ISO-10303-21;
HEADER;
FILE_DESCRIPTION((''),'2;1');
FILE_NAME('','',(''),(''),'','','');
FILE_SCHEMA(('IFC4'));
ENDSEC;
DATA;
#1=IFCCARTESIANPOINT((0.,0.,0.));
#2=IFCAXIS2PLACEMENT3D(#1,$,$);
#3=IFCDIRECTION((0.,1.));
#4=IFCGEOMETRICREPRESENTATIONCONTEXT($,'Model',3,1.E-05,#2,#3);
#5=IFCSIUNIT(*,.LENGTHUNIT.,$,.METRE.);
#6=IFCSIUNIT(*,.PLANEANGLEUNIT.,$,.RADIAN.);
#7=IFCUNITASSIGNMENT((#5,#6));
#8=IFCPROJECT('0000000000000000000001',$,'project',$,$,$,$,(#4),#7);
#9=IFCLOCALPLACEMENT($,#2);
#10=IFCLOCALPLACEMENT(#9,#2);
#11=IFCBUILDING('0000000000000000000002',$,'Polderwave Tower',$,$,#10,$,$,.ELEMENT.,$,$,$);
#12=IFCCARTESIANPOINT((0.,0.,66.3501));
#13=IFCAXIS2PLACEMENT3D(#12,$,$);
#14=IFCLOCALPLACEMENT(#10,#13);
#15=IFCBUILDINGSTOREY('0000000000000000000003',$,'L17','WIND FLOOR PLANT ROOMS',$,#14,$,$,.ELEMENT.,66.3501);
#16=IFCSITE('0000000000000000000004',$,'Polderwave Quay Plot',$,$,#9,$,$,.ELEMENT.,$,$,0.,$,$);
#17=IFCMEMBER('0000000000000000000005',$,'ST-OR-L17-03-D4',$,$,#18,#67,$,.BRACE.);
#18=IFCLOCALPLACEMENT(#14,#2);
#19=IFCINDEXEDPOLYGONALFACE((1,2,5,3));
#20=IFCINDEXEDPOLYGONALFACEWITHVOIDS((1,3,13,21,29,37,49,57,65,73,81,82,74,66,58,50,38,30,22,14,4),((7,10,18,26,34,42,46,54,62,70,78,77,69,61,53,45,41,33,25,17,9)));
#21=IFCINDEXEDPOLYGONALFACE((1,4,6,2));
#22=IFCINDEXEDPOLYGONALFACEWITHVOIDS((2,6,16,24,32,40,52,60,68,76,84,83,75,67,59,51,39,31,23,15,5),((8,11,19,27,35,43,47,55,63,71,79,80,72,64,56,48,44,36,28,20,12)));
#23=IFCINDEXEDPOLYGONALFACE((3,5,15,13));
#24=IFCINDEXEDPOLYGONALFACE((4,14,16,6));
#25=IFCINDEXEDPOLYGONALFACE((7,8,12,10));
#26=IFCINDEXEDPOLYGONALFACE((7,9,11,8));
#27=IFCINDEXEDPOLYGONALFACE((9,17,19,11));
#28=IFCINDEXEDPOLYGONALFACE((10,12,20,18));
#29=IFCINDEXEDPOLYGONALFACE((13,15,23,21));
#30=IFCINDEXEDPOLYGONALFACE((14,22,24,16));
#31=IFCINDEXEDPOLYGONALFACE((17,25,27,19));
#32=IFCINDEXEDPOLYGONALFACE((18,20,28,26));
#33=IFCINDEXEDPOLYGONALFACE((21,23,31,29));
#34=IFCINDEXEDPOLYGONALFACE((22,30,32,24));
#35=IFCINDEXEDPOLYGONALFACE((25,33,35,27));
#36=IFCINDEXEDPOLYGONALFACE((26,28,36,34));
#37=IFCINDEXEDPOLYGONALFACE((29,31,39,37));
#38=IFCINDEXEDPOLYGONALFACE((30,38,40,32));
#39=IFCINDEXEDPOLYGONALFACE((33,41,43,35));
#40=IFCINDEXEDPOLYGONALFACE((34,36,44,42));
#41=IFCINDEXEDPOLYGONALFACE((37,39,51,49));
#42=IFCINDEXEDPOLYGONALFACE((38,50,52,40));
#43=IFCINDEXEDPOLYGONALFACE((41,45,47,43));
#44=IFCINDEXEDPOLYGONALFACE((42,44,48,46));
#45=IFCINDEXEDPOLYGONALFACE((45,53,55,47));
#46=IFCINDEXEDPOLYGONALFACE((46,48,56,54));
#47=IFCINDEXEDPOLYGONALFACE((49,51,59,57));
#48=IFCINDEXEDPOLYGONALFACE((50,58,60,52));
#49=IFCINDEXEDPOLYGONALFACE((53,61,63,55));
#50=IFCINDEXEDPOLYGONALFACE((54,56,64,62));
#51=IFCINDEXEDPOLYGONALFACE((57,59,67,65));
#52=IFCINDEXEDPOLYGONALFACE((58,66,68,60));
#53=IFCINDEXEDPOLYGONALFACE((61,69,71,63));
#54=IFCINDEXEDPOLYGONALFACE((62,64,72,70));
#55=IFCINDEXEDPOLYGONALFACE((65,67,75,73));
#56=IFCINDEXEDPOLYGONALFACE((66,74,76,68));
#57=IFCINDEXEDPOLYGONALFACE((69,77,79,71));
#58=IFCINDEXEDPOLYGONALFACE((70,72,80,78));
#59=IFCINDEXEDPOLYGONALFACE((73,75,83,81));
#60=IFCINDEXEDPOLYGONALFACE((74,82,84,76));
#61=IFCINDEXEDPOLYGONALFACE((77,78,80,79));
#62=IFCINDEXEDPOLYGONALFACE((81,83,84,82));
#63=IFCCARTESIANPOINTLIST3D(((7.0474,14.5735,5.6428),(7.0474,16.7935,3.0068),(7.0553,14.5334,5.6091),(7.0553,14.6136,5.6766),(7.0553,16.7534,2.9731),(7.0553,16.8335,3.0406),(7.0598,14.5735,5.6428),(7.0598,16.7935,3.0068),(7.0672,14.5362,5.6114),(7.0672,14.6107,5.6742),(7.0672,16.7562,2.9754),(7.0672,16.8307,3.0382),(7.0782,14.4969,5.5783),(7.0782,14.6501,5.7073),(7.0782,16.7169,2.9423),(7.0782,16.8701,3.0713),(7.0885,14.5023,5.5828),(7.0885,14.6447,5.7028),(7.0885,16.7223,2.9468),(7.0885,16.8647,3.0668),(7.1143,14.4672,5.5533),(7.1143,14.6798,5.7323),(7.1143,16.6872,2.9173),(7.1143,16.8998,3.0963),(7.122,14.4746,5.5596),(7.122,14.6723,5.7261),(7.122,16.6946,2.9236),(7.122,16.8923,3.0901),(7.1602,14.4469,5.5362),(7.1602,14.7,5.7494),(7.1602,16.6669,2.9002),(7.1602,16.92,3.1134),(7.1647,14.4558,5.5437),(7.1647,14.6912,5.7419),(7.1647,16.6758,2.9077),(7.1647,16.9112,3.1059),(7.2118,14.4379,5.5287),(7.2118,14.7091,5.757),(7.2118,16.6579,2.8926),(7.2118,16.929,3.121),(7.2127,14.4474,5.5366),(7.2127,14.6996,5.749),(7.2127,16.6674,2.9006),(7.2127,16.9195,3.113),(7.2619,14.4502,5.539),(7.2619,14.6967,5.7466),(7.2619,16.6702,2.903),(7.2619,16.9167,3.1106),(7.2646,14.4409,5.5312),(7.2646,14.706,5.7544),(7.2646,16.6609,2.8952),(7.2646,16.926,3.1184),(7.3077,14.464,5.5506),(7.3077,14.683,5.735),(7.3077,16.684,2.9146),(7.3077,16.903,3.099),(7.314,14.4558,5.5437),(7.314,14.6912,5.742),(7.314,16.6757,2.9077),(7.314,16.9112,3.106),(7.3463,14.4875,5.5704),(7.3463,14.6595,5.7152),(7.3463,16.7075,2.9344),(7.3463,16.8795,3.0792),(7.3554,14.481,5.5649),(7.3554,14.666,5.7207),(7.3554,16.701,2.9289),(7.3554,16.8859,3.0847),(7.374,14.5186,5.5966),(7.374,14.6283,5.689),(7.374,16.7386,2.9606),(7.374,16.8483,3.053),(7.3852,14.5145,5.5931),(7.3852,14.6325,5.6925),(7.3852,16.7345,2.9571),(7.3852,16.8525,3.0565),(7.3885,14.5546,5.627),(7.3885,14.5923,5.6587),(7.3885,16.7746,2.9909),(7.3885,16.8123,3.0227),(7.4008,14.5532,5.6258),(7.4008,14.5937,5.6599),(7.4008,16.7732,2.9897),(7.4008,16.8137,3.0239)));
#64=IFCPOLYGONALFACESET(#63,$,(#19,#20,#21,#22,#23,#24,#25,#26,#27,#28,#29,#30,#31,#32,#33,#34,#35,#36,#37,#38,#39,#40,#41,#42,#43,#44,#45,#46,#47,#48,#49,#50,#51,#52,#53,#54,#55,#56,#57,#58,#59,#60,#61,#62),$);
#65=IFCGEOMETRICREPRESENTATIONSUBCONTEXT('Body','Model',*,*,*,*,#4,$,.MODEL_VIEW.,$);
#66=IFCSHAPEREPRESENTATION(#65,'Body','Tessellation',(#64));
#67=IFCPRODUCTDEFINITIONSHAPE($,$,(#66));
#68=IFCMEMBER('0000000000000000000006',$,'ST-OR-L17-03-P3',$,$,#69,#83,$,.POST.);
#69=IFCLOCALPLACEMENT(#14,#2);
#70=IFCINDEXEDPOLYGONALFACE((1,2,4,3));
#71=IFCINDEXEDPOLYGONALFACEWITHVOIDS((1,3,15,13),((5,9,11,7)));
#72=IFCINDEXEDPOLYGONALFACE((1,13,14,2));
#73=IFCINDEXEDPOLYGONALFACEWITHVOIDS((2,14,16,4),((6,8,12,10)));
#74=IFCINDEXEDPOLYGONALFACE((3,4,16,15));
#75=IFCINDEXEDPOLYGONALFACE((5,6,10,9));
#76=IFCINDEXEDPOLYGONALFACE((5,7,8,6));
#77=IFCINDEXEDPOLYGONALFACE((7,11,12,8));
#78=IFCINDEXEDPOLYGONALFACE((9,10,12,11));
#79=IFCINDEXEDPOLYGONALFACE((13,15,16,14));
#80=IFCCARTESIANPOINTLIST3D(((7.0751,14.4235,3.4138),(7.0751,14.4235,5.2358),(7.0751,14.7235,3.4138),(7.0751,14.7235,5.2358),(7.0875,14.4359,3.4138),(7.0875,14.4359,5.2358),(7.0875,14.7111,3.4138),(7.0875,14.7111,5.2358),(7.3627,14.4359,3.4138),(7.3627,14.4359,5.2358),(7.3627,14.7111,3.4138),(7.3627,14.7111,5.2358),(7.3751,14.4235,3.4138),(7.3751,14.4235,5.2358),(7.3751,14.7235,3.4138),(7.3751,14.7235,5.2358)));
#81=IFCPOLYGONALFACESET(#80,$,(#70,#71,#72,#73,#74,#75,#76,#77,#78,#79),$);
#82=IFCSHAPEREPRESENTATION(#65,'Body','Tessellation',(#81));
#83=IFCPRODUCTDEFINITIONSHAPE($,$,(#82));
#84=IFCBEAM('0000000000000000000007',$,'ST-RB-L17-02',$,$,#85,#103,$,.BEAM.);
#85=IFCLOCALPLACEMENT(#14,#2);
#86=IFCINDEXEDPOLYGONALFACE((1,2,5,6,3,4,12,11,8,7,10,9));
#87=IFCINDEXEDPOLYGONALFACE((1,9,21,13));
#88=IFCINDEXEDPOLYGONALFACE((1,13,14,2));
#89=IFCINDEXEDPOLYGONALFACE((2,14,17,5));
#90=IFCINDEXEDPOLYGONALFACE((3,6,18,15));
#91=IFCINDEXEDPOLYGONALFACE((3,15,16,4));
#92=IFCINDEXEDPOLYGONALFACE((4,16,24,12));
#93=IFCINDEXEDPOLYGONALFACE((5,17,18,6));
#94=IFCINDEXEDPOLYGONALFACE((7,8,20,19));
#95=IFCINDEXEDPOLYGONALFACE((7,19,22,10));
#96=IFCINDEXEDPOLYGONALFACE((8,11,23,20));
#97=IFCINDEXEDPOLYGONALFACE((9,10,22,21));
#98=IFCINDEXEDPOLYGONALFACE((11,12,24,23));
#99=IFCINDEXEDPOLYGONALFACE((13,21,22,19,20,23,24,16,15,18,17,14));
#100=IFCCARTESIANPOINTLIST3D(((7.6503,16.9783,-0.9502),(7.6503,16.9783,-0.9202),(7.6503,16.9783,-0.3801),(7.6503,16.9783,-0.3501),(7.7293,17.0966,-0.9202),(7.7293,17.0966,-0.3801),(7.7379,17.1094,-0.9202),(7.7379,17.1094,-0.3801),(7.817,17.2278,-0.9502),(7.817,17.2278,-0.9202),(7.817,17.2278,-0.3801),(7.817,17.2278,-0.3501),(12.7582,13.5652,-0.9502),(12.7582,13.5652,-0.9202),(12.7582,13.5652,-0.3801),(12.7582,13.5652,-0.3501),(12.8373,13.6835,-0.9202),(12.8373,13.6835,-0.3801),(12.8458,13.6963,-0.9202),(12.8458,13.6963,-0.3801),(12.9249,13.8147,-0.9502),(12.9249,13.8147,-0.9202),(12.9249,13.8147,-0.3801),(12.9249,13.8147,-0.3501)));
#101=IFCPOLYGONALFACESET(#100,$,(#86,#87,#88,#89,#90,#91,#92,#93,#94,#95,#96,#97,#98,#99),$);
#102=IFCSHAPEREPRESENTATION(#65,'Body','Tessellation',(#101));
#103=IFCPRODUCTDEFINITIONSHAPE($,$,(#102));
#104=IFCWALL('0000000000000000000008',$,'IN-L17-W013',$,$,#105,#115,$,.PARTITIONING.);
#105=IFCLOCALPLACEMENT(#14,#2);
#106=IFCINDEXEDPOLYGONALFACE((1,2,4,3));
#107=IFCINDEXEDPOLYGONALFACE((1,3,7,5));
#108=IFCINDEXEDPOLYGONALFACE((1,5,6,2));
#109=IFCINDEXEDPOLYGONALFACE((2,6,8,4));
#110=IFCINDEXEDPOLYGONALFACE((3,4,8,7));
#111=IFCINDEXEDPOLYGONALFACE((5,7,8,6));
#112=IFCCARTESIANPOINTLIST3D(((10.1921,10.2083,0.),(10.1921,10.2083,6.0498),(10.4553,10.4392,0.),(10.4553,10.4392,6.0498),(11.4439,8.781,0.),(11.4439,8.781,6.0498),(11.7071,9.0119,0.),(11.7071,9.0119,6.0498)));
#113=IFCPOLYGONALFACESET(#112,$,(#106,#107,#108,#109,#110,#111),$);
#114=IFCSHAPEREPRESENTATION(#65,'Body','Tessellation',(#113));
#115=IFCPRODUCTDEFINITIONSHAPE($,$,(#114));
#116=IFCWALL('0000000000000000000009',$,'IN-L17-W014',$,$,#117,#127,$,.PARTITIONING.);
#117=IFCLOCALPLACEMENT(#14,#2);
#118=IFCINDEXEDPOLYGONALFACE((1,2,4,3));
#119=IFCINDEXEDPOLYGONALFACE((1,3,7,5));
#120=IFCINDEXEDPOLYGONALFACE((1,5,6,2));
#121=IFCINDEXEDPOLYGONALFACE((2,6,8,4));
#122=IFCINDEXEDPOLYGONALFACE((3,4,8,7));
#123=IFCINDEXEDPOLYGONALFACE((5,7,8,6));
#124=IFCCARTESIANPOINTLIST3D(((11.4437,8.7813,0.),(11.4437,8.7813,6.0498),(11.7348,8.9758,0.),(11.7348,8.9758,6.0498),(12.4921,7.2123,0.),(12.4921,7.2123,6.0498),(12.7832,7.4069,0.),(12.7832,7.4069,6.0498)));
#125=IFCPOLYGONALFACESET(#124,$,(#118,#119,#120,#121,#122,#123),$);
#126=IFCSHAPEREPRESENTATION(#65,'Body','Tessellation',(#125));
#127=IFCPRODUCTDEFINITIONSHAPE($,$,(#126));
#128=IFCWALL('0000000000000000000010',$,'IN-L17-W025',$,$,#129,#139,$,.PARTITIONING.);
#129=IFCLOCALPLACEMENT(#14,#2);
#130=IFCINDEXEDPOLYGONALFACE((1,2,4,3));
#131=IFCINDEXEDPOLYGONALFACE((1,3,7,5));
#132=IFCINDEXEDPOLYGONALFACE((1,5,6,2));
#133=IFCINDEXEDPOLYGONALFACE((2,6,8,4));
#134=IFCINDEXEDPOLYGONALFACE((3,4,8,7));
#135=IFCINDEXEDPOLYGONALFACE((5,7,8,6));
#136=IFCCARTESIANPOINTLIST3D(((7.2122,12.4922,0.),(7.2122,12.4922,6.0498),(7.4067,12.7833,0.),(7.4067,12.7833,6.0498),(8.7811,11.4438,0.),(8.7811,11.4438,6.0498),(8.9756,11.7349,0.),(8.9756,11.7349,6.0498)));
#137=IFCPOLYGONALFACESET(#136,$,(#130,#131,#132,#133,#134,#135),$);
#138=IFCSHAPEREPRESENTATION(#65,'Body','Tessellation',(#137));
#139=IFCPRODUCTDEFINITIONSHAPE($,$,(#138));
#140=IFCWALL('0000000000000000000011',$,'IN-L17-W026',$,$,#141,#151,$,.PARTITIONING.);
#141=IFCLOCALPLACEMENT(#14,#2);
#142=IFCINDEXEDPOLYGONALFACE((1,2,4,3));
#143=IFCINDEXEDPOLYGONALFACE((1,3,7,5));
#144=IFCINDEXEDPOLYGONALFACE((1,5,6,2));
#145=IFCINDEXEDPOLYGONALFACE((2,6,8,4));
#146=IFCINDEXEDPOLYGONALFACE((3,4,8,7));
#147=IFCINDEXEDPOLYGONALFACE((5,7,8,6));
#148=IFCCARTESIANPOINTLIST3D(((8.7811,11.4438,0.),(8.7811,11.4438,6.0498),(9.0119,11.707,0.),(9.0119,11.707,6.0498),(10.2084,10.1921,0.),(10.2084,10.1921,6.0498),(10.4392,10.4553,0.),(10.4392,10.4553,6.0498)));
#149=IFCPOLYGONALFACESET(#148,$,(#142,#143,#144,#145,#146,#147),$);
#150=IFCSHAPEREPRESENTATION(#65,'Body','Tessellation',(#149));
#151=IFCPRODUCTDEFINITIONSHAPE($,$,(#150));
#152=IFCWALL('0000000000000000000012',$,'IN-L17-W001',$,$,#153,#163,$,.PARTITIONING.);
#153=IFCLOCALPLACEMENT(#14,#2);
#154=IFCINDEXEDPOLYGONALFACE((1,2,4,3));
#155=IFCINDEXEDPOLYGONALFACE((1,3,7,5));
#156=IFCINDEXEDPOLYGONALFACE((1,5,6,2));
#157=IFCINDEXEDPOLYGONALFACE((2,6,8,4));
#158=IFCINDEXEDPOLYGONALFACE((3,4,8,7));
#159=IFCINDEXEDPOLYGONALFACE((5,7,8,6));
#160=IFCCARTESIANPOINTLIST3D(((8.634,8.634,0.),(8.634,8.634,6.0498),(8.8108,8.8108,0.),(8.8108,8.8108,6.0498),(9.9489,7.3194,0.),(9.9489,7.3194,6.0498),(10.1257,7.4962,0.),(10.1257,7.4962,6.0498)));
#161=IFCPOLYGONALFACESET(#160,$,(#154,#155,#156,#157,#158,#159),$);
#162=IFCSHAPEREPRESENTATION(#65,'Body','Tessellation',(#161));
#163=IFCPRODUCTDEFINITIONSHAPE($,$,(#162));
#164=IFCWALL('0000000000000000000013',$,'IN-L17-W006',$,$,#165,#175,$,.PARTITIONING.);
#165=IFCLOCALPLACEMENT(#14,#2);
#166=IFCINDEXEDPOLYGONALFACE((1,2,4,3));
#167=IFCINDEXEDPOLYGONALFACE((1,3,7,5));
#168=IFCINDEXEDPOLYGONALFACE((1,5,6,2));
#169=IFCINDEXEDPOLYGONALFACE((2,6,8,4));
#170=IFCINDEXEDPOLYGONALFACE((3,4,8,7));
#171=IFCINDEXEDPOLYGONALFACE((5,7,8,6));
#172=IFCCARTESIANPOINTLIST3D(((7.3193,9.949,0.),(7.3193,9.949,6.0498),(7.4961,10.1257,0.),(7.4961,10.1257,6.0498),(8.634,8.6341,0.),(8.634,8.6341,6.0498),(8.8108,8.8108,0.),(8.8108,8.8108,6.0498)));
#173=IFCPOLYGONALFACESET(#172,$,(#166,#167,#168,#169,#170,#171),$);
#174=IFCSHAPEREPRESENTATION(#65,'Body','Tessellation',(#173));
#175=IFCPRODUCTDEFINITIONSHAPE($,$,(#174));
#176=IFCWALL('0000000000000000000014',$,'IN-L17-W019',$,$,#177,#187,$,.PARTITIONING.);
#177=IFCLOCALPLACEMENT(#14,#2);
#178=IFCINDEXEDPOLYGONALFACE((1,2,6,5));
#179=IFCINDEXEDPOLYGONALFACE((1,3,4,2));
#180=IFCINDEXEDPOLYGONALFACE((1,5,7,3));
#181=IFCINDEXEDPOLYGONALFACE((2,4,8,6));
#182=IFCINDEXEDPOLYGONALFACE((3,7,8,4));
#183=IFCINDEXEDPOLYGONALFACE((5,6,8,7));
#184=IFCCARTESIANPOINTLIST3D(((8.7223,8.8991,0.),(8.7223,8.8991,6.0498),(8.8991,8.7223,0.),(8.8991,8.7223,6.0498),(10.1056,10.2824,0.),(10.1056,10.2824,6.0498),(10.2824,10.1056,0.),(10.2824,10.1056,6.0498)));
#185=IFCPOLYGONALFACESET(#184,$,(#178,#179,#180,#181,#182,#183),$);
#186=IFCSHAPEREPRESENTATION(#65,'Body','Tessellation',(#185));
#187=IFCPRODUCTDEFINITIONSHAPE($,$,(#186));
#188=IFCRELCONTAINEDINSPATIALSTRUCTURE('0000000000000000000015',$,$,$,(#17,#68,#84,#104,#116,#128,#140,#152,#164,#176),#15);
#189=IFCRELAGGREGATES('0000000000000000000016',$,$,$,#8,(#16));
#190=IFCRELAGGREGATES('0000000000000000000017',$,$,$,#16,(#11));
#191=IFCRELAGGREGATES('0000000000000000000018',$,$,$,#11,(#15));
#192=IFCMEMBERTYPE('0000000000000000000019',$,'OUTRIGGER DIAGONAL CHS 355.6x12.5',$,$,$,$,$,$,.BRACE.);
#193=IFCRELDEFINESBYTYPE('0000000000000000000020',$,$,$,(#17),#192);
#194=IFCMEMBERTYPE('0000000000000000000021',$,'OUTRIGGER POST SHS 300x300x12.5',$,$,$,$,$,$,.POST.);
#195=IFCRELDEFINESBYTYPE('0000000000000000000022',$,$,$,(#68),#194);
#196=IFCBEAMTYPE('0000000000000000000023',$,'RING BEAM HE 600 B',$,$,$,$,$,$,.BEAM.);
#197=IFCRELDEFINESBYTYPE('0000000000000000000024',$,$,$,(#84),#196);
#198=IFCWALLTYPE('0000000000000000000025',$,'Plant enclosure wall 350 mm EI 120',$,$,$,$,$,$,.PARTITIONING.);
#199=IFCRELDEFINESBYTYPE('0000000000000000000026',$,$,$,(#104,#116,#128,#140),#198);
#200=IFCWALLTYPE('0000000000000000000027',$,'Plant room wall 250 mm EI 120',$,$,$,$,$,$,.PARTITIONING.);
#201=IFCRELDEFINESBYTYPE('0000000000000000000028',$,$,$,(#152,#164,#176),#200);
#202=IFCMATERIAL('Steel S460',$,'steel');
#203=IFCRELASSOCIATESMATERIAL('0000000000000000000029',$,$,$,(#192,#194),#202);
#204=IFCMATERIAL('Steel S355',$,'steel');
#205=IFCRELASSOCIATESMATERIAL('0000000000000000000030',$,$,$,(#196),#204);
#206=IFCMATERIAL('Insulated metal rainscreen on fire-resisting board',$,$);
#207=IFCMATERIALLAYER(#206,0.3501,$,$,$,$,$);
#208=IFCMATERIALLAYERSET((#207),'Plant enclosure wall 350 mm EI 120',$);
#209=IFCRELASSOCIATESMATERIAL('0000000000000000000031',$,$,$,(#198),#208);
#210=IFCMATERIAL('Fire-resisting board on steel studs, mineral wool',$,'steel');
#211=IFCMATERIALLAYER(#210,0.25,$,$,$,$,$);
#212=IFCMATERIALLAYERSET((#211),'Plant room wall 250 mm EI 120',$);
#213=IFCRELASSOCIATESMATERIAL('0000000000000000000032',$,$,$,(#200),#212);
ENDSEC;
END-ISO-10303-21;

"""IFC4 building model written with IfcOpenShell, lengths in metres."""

from ifc_helpers import new_model, si_unit, direction, frame, frame_2d, origin, origin_2d, place, context, subcontext, project, spatial, rectangle, hollow_rectangle, hollow_circle, i_section, extrude, material, layer, layer_set, material_profile, profile_set, type_object, element, save


model = new_model("IFC4")

# Units and contexts
model_context = context("Model", 3, precision=1e-05, world=origin(), true_north=direction((0.0, 1.0)))
body_context = subcontext(model_context, "Body", "Model", "MODEL_VIEW")
ifc_project = project(units=[si_unit("LENGTHUNIT", "METRE"), si_unit("PLANEANGLEUNIT", "RADIAN")], contexts=[model_context])

# Site, building, storey
site_placement = place(None, origin())
site = spatial("IfcSite", under=ifc_project, at=site_placement, Name="Polderwave Quay Plot", CompositionType="ELEMENT", RefElevation=0.0)
building_placement = place(site_placement, origin())
building = spatial("IfcBuilding", under=site, at=building_placement, Name="Polderwave Tower", CompositionType="ELEMENT")
storey_placement = place(building_placement, frame((0.0, 0.0, 66.3501)))
storey = spatial("IfcBuildingStorey", under=building, at=storey_placement, Name="L17", Description="WIND FLOOR PLANT ROOMS", CompositionType="ELEMENT", Elevation=66.3501)

# Members
ifc_material_1 = material(Name="Steel S460", Category="steel")
ifc_material_profile_1 = material_profile(ifc_material_1, hollow_circle(Radius=0.1777, WallThickness=0.0125, at=origin_2d()), Name="CHS 355.6x12.5")
ifc_profile_set_1 = profile_set([ifc_material_profile_1], Name="Steel S460")
member_type_1 = type_object("IfcMemberType", Name="OUTRIGGER DIAGONAL CHS 355.6x12.5", PredefinedType="BRACE", material=ifc_profile_set_1)
member_1_placement = place(storey_placement, frame((7.2251, 14.5735, 5.6428), z_axis=(0.0, 0.644168, -0.764884), x_axis=(-1.0, 0.0, 0.0)))
element("IfcMember", 1, at=member_1_placement, inside=storey, type_object=member_type_1, Name="ST-OR-L17-03-D4", PredefinedType="BRACE", context=body_context, shape_type="SweptSolid", body=[
    extrude(hollow_circle(Radius=0.1777, WallThickness=0.0125, at=origin_2d()), origin(), (0.0, 0.0, 1.0), 3.4463),
])
ifc_material_profile_2 = material_profile(ifc_material_1, hollow_rectangle(XDim=0.3, YDim=0.3, WallThickness=0.0125, at=origin_2d()), Name="SHS 300x300x12.5")
ifc_profile_set_2 = profile_set([ifc_material_profile_2], Name="Steel S460")
member_type_2 = type_object("IfcMemberType", Name="OUTRIGGER POST SHS 300x300x12.5", PredefinedType="POST", material=ifc_profile_set_2)
member_2_placement = place(storey_placement, frame((7.2251, 14.5735, 3.4138), z_axis=(0.0, 0.0, 1.0), x_axis=(1.0, 0.0, 0.0)))
element("IfcMember", 2, at=member_2_placement, inside=storey, type_object=member_type_2, Name="ST-OR-L17-03-P3", PredefinedType="POST", context=body_context, shape_type="SweptSolid", body=[
    extrude(hollow_rectangle(XDim=0.3, YDim=0.3, WallThickness=0.0125, at=origin_2d()), origin(), (0.0, 0.0, 1.0), 1.822),
])

# Beam
ifc_material_2 = material(Name="Steel S355", Category="steel")
ifc_material_profile_3 = material_profile(ifc_material_2, i_section(OverallWidth=0.3, OverallDepth=0.6001, WebThickness=0.0154, FlangeThickness=0.03, at=origin_2d()), Name="HE 600 B")
ifc_profile_set_3 = profile_set([ifc_material_profile_3], Name="Steel S355")
beam_type = type_object("IfcBeamType", Name="RING BEAM HE 600 B", PredefinedType="BEAM", material=ifc_profile_set_3)
beam_placement = place(storey_placement, frame((12.8416, 13.6899, -0.6501), z_axis=(-0.831463, 0.55558, 0.0), x_axis=(-0.55558, -0.831463, 0.0)))
element("IfcBeam", 3, at=beam_placement, inside=storey, type_object=beam_type, Name="ST-RB-L17-02", PredefinedType="BEAM", context=body_context, shape_type="SweptSolid", body=[
    extrude(i_section(OverallWidth=0.3, OverallDepth=0.6001, WebThickness=0.0154, FlangeThickness=0.03, at=origin_2d()), origin(), (0.0, 0.0, 1.0), 6.1433),
])

# Walls
ifc_material_3 = material(Name="Insulated metal rainscreen on fire-resisting board")
ifc_layer_1 = layer(ifc_material_3, 0.3501)
ifc_layer_set_1 = layer_set([ifc_layer_1], Name="Plant enclosure wall 350 mm EI 120")
wall_type_1 = type_object("IfcWallType", Name="Plant enclosure wall 350 mm EI 120", PredefinedType="PARTITIONING", material=ifc_layer_set_1)
wall_1_placement = place(storey_placement, frame((10.3237, 10.3237, 0.0), z_axis=(0.0, 0.0, 1.0), x_axis=(0.65936, -0.751827, 0.0)))
element("IfcWall", 4, at=wall_1_placement, inside=storey, type_object=wall_type_1, Name="IN-L17-W013", PredefinedType="PARTITIONING", context=body_context, shape_type="SweptSolid", body=[
    extrude(rectangle(XDim=1.8984, YDim=0.3501, at=frame_2d((0.9492, 0.0))), origin(), (0.0, 0.0, 1.0), 6.0498),
])
for number, where, z_axis, x_axis, name in (
    (5, (11.5894, 8.8784, 0.0), (0.0, 0.0, 1.0), (0.555596, -0.831453, 0.0), "IN-L17-W014"),
    (6, (7.3096, 12.6377, 0.0), (0.0, 0.0, 1.0), (0.831453, -0.555596, 0.0), "IN-L17-W025"),
):
    element("IfcWall", number, at=place(storey_placement, frame(where, z_axis=z_axis, x_axis=x_axis)), inside=storey, type_object=wall_type_1, Name=name, PredefinedType="PARTITIONING", context=body_context, shape_type="SweptSolid", body=[
        extrude(rectangle(XDim=1.887, YDim=0.3501, at=frame_2d((0.9434, 0.0))), origin(), (0.0, 0.0, 1.0), 6.0498),
    ])
wall_2_placement = place(storey_placement, frame((8.8965, 11.5754, 0.0), z_axis=(0.0, 0.0, 1.0), x_axis=(0.751827, -0.65936, 0.0)))
element("IfcWall", 7, at=wall_2_placement, inside=storey, type_object=wall_type_1, Name="IN-L17-W026", PredefinedType="PARTITIONING", context=body_context, shape_type="SweptSolid", body=[
    extrude(rectangle(XDim=1.8984, YDim=0.3501, at=frame_2d((0.9492, 0.0))), origin(), (0.0, 0.0, 1.0), 6.0498),
])
ifc_material_4 = material(Name="Fire-resisting board on steel studs, mineral wool", Category="steel")
ifc_layer_2 = layer(ifc_material_4, 0.25)
ifc_layer_set_2 = layer_set([ifc_layer_2], Name="Plant room wall 250 mm EI 120")
wall_type_2 = type_object("IfcWallType", Name="Plant room wall 250 mm EI 120", PredefinedType="PARTITIONING", material=ifc_layer_set_2)
for number, where, z_axis, x_axis, name in (
    (8, (8.7224, 8.7224, 0.0), (0.0, 0.0, 1.0), (0.707172, -0.707041, 0.0), "IN-L17-W001"),
    (9, (7.4077, 10.0374, 0.0), (0.0, 0.0, 1.0), (0.707041, -0.707172, 0.0), "IN-L17-W006"),
):
    element("IfcWall", number, at=place(storey_placement, frame(where, z_axis=z_axis, x_axis=x_axis)), inside=storey, type_object=wall_type_2, Name=name, PredefinedType="PARTITIONING", context=body_context, shape_type="SweptSolid", body=[
        extrude(rectangle(XDim=1.8594, YDim=0.25, at=frame_2d((0.9297, 0.0))), origin(), (0.0, 0.0, 1.0), 6.0498),
    ])
wall_3_placement = place(storey_placement, frame((8.8108, 8.8108, 0.0), z_axis=(0.0, 0.0, 1.0), x_axis=(0.707107, 0.707107, 0.0)))
element("IfcWall", 10, at=wall_3_placement, inside=storey, type_object=wall_type_2, Name="IN-L17-W019", PredefinedType="PARTITIONING", context=body_context, shape_type="SweptSolid", body=[
    extrude(rectangle(XDim=1.9563, YDim=0.25, at=frame_2d((0.978, 0.0))), origin(), (0.0, 0.0, 1.0), 6.0498),
])

save(model, "model.ifc")
